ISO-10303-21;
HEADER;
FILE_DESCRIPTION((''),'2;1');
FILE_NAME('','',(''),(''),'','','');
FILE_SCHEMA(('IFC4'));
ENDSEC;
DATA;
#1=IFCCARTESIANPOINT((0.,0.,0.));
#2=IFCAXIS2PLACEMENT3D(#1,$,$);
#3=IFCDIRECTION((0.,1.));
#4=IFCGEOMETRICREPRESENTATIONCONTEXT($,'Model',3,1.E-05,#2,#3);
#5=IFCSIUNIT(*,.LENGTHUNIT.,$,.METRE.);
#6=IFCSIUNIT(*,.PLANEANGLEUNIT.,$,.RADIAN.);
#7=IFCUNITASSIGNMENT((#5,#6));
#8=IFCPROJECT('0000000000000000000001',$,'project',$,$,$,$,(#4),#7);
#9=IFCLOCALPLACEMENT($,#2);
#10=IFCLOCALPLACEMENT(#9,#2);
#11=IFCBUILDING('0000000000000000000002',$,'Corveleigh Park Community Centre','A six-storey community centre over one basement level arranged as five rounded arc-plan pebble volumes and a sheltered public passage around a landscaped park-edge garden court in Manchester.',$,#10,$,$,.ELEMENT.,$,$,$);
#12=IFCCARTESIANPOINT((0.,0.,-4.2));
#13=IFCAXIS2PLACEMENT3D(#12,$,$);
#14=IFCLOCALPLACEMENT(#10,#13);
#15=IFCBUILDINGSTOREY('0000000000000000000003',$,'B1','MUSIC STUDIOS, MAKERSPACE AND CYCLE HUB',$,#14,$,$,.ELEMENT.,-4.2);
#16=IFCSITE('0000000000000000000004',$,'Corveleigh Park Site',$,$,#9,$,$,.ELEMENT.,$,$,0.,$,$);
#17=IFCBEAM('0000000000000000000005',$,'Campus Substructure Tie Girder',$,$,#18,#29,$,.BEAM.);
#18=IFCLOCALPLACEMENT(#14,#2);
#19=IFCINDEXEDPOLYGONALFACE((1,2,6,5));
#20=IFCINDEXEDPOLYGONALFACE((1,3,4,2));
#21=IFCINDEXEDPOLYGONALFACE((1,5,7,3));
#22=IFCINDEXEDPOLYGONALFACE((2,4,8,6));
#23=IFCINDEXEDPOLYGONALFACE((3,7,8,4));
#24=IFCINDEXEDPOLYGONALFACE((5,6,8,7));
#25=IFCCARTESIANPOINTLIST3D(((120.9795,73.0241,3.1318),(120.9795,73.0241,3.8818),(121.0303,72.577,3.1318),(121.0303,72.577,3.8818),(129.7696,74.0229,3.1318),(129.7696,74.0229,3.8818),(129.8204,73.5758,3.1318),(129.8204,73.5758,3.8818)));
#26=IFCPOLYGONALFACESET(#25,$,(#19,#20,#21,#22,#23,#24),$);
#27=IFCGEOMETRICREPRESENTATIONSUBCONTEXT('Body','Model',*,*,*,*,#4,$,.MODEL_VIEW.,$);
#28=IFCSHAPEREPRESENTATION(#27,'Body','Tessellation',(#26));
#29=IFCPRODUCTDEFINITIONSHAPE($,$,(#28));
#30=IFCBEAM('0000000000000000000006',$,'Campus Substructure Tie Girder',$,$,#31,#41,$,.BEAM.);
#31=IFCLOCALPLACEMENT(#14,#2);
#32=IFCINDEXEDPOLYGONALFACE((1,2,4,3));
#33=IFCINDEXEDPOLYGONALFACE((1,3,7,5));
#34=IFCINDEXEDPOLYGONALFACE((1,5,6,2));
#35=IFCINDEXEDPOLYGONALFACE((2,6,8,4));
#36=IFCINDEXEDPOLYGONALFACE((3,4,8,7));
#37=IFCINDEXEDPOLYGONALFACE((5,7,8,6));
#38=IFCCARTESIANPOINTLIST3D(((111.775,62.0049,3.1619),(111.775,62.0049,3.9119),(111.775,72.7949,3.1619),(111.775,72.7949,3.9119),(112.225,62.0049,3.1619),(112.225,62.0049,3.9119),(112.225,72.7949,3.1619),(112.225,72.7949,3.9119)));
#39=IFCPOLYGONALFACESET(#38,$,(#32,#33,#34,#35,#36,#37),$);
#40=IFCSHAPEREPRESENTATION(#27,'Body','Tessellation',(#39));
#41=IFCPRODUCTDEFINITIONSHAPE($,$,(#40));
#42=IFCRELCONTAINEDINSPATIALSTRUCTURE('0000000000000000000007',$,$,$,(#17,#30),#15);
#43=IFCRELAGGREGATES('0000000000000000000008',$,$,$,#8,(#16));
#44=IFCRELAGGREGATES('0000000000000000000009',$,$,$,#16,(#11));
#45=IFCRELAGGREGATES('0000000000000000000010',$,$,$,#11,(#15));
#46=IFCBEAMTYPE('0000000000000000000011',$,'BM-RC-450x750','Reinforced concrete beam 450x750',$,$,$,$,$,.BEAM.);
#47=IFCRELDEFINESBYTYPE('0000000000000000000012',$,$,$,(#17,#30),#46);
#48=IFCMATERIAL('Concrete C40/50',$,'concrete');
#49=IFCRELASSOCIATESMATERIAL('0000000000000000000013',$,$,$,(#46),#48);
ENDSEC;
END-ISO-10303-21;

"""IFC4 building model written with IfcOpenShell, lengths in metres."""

from ifc_helpers import new_model, si_unit, direction, frame, origin, origin_2d, place, context, subcontext, project, spatial, rectangle, extrude, material, material_profile, profile_set, type_object, element, save


model = new_model("IFC4")

# Units and contexts
model_context = context("Model", 3, precision=1e-05, world=origin(), true_north=direction((0.0, 1.0)))
body_context = subcontext(model_context, "Body", "Model", "MODEL_VIEW")
ifc_project = project(units=[si_unit("LENGTHUNIT", "METRE"), si_unit("PLANEANGLEUNIT", "RADIAN")], contexts=[model_context])

# Site, building, storey
site_placement = place(None, origin())
site = spatial("IfcSite", under=ifc_project, at=site_placement, Name="Corveleigh Park Site", CompositionType="ELEMENT", RefElevation=0.0)
building_placement = place(site_placement, origin())
building = spatial("IfcBuilding", under=site, at=building_placement, Name="Corveleigh Park Community Centre", Description="A six-storey community centre over one basement level arranged as five rounded arc-plan pebble volumes and a sheltered public passage around a landscaped park-edge garden court in Manchester.", CompositionType="ELEMENT")
storey_placement = place(building_placement, frame((0.0, 0.0, -4.2)))
storey = spatial("IfcBuildingStorey", under=building, at=storey_placement, Name="B1", Description="MUSIC STUDIOS, MAKERSPACE AND CYCLE HUB", CompositionType="ELEMENT", Elevation=-4.2)

# Shared definitions
ifc_material_1 = material(Name="Concrete C40/50", Category="concrete")

# Beams
ifc_material_profile_1 = material_profile(ifc_material_1, rectangle(XDim=0.45, YDim=0.75, at=origin_2d()), Name="RC-450x750", Category="concrete")
ifc_profile_set_1 = profile_set([ifc_material_profile_1], Name="Concrete C40/50")
beam_type = type_object("IfcBeamType", Name="BM-RC-450x750", Description="Reinforced concrete beam 450x750", PredefinedType="BEAM", material=ifc_profile_set_1)
beam_1_placement = place(storey_placement, frame((121.0049, 72.8005, 3.5068), z_axis=(0.993606, 0.1129, 0.0), x_axis=(-0.1129, 0.993606, 0.0)))
element("IfcBeam", 1, at=beam_1_placement, inside=storey, type_object=beam_type, Name="Campus Substructure Tie Girder", PredefinedType="BEAM", context=body_context, shape_type="SweptSolid", body=[
    extrude(rectangle(XDim=0.45, YDim=0.75, at=origin_2d()), origin(), (0.0, 0.0, 1.0), 8.8467),
])
beam_2_placement = place(storey_placement, frame((112.0, 72.7949, 3.5369), z_axis=(0.0, -1.0, 0.0), x_axis=(1.0, 0.0, 0.0)))
element("IfcBeam", 2, at=beam_2_placement, inside=storey, type_object=beam_type, Name="Campus Substructure Tie Girder", PredefinedType="BEAM", context=body_context, shape_type="SweptSolid", body=[
    extrude(rectangle(XDim=0.45, YDim=0.75, at=origin_2d()), origin(), (0.0, 0.0, 1.0), 10.79),
])

save(model, "model.ifc")
